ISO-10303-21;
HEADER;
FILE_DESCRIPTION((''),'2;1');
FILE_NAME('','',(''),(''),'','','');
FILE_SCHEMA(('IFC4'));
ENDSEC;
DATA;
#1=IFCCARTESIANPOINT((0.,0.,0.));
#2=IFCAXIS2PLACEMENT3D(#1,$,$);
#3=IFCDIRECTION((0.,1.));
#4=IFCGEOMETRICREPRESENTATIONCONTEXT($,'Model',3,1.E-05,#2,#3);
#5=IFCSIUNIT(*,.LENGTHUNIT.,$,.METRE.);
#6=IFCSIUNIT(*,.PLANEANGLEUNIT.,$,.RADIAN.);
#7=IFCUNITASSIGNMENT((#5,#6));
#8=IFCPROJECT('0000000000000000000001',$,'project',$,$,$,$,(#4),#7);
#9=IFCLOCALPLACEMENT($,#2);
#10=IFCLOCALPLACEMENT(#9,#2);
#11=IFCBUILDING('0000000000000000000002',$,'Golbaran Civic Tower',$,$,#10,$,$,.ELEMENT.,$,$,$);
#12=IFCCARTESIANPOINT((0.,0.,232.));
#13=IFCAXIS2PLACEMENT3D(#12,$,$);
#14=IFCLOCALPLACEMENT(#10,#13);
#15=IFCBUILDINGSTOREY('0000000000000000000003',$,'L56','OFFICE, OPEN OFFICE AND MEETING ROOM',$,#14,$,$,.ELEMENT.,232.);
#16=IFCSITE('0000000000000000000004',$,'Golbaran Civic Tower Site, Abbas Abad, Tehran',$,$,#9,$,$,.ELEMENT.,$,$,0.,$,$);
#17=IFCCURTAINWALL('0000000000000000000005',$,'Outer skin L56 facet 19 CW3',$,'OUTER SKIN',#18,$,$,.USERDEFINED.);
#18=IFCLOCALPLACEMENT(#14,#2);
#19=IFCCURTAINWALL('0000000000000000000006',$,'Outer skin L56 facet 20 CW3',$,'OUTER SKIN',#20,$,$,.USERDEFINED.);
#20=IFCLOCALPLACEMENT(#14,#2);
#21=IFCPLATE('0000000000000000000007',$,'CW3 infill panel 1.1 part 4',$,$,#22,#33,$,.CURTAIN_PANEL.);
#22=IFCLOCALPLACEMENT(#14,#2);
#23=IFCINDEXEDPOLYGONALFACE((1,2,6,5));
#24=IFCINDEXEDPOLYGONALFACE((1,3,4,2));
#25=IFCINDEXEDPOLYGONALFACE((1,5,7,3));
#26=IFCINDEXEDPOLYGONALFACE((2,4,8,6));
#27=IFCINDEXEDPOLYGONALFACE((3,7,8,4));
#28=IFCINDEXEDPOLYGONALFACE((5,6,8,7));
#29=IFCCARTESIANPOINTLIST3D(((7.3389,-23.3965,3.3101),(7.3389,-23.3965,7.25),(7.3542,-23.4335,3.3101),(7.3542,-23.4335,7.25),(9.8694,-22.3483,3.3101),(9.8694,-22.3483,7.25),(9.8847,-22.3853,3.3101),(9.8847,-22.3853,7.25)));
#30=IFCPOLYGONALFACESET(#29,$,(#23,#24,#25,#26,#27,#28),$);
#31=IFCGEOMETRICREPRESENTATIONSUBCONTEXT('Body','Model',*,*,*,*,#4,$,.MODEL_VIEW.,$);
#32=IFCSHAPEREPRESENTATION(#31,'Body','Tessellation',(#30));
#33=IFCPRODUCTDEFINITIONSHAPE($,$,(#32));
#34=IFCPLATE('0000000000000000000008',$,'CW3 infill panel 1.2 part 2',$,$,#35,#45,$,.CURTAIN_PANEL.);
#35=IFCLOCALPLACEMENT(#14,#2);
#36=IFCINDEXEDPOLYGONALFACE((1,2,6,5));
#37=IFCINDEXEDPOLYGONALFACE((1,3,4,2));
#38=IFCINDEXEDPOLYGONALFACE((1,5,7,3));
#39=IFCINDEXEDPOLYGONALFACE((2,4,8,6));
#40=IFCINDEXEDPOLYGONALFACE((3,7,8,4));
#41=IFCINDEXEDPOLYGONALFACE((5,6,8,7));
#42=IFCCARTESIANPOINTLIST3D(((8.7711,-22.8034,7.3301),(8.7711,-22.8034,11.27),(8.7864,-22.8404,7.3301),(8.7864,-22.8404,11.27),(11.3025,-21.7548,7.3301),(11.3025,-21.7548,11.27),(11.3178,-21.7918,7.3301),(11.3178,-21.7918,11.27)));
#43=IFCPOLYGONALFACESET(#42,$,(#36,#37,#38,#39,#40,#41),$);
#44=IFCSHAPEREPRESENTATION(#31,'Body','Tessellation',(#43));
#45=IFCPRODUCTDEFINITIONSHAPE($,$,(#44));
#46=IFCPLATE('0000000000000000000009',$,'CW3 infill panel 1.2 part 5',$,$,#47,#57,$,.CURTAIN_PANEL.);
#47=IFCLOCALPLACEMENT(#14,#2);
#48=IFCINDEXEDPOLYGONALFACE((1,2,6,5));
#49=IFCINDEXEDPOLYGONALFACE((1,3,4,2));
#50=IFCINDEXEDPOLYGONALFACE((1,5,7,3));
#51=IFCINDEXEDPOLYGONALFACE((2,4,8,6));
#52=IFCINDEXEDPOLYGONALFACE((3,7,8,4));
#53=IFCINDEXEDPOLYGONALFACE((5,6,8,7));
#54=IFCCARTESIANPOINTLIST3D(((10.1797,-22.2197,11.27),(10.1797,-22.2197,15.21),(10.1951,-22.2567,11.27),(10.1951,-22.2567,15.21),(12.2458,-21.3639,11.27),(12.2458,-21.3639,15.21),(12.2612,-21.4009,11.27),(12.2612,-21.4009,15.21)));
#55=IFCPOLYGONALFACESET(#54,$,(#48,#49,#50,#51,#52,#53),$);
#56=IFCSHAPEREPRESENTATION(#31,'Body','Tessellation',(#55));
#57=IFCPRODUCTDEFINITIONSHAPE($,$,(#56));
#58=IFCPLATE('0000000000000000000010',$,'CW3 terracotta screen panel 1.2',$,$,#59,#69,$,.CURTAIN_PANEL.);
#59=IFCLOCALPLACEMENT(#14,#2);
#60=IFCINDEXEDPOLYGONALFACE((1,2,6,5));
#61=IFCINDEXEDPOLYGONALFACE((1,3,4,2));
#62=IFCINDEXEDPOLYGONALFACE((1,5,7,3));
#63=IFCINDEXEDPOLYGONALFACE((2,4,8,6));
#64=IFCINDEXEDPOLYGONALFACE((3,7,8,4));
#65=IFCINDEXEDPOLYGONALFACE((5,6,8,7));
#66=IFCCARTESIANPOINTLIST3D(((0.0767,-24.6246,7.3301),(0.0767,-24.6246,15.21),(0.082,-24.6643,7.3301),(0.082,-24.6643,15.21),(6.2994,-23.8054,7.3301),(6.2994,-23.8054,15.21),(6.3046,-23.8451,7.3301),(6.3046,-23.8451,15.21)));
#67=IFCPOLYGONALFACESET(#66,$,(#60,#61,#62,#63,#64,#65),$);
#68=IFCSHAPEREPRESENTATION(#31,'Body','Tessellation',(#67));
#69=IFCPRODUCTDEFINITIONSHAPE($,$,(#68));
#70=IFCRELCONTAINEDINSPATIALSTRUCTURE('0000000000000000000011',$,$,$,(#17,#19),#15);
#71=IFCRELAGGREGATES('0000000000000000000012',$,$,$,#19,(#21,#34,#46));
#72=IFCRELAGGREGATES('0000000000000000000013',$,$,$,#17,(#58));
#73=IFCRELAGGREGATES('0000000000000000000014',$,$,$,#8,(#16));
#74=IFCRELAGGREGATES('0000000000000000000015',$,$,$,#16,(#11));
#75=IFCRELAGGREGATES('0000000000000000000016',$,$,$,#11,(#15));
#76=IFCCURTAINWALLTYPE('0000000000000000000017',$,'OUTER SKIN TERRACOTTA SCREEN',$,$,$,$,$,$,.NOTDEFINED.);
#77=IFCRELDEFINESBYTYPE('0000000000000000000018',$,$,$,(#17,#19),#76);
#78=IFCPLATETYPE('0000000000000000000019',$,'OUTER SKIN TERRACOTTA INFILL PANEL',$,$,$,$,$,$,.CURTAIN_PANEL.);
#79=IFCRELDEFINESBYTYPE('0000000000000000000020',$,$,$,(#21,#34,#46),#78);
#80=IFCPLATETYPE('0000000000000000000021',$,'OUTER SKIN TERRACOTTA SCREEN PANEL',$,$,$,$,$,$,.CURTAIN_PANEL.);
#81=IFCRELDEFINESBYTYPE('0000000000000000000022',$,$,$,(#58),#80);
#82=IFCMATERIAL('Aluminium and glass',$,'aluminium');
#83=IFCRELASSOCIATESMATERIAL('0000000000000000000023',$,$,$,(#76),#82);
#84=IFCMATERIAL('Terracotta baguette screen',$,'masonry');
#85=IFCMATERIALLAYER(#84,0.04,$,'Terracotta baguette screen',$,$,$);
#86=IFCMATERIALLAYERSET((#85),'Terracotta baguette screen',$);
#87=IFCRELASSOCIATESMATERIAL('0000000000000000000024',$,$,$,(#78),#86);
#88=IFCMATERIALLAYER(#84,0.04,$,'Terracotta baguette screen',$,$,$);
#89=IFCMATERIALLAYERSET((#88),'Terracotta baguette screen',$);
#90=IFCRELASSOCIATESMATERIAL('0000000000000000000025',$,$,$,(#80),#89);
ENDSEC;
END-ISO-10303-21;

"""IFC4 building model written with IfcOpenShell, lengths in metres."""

from ifc_helpers import new_model, si_unit, direction, frame, origin, origin_2d, place, context, subcontext, project, spatial, rectangle, extrude, material, layer, layer_set, type_object, element, aggregate, save


model = new_model("IFC4")

# Units and contexts
model_context = context("Model", 3, precision=1e-05, world=origin(), true_north=direction((0.0, 1.0)))
body_context = subcontext(model_context, "Body", "Model", "MODEL_VIEW")
ifc_project = project(units=[si_unit("LENGTHUNIT", "METRE"), si_unit("PLANEANGLEUNIT", "RADIAN")], contexts=[model_context])

# Site, building, storey
site_placement = place(None, origin())
site = spatial("IfcSite", under=ifc_project, at=site_placement, Name="Golbaran Civic Tower Site, Abbas Abad, Tehran", CompositionType="ELEMENT", RefElevation=0.0)
building_placement = place(site_placement, origin())
building = spatial("IfcBuilding", under=site, at=building_placement, Name="Golbaran Civic Tower", CompositionType="ELEMENT")
storey_placement = place(building_placement, frame((0.0, 0.0, 232.0)))
storey = spatial("IfcBuildingStorey", under=building, at=storey_placement, Name="L56", Description="OFFICE, OPEN OFFICE AND MEETING ROOM", CompositionType="ELEMENT", Elevation=232.0)

# Curtain walls
ifc_material_1 = material(Name="Aluminium and glass", Category="aluminium")
curtain_wall_type_1 = type_object("IfcCurtainWallType", Name="OUTER SKIN TERRACOTTA SCREEN", PredefinedType="NOTDEFINED", material=ifc_material_1)
curtain_wall_1_placement = place(storey_placement, origin())
curtain_wall_1 = element("IfcCurtainWall", 1, at=curtain_wall_1_placement, inside=storey, type_object=curtain_wall_type_1, Name="Outer skin L56 facet 19 CW3", ObjectType="OUTER SKIN", PredefinedType="USERDEFINED")
curtain_wall_2_placement = place(storey_placement, origin())
curtain_wall_2 = element("IfcCurtainWall", 2, at=curtain_wall_2_placement, inside=storey, type_object=curtain_wall_type_1, Name="Outer skin L56 facet 20 CW3", ObjectType="OUTER SKIN", PredefinedType="USERDEFINED")

# Plates
ifc_material_2 = material(Name="Terracotta baguette screen", Category="masonry")
ifc_layer_1 = layer(ifc_material_2, 0.04, Name="Terracotta baguette screen")
ifc_layer_set_1 = layer_set([ifc_layer_1], Name="Terracotta baguette screen")
plate_type_1 = type_object("IfcPlateType", Name="OUTER SKIN TERRACOTTA INFILL PANEL", PredefinedType="CURTAIN_PANEL", material=ifc_layer_set_1)
plate_1_placement = place(storey_placement, frame((8.6118, -22.8909, 3.3101), z_axis=(0.0, 0.0, 1.0), x_axis=(0.92388, 0.382683, 0.0)))
plate_1 = element("IfcPlate", 3, at=plate_1_placement, type_object=plate_type_1, Name="CW3 infill panel 1.1 part 4", PredefinedType="CURTAIN_PANEL", context=body_context, shape_type="SweptSolid", body=[
    extrude(rectangle(XDim=2.739, YDim=0.04, at=origin_2d()), origin(), (0.0, 0.0, 1.0), 3.9399),
])
plate_2_placement = place(storey_placement, frame((10.0444, -22.2976, 7.3301), z_axis=(0.0, 0.0, 1.0), x_axis=(0.92388, 0.382683, 0.0)))
plate_2 = element("IfcPlate", 4, at=plate_2_placement, type_object=plate_type_1, Name="CW3 infill panel 1.2 part 2", PredefinedType="CURTAIN_PANEL", context=body_context, shape_type="SweptSolid", body=[
    extrude(rectangle(XDim=2.74, YDim=0.04, at=origin_2d()), origin(), (0.0, 0.0, 1.0), 3.9399),
])
plate_3_placement = place(storey_placement, frame((11.2205, -21.8103, 11.27), z_axis=(0.0, 0.0, 1.0), x_axis=(0.92388, 0.382683, 0.0)))
plate_3 = element("IfcPlate", 5, at=plate_3_placement, type_object=plate_type_1, Name="CW3 infill panel 1.2 part 5", PredefinedType="CURTAIN_PANEL", context=body_context, shape_type="SweptSolid", body=[
    extrude(rectangle(XDim=2.2363, YDim=0.04, at=origin_2d()), origin(), (0.0, 0.0, 1.0), 3.9399),
])
aggregate(curtain_wall_2, [plate_1, plate_2, plate_3])
ifc_layer_2 = layer(ifc_material_2, 0.04, Name="Terracotta baguette screen")
ifc_layer_set_2 = layer_set([ifc_layer_2], Name="Terracotta baguette screen")
plate_type_2 = type_object("IfcPlateType", Name="OUTER SKIN TERRACOTTA SCREEN PANEL", PredefinedType="CURTAIN_PANEL", material=ifc_layer_set_2)
plate_4_placement = place(storey_placement, frame((3.1907, -24.2349, 7.3301), z_axis=(0.0, 0.0, 1.0), x_axis=(0.991445, 0.130526, 0.0)))
plate_4 = element("IfcPlate", 6, at=plate_4_placement, type_object=plate_type_2, Name="CW3 terracotta screen panel 1.2", PredefinedType="CURTAIN_PANEL", context=body_context, shape_type="SweptSolid", body=[
    extrude(rectangle(XDim=6.2764, YDim=0.04, at=origin_2d()), origin(), (0.0, 0.0, 1.0), 7.8799),
])
aggregate(curtain_wall_1, [plate_4])

save(model, "model.ifc")
